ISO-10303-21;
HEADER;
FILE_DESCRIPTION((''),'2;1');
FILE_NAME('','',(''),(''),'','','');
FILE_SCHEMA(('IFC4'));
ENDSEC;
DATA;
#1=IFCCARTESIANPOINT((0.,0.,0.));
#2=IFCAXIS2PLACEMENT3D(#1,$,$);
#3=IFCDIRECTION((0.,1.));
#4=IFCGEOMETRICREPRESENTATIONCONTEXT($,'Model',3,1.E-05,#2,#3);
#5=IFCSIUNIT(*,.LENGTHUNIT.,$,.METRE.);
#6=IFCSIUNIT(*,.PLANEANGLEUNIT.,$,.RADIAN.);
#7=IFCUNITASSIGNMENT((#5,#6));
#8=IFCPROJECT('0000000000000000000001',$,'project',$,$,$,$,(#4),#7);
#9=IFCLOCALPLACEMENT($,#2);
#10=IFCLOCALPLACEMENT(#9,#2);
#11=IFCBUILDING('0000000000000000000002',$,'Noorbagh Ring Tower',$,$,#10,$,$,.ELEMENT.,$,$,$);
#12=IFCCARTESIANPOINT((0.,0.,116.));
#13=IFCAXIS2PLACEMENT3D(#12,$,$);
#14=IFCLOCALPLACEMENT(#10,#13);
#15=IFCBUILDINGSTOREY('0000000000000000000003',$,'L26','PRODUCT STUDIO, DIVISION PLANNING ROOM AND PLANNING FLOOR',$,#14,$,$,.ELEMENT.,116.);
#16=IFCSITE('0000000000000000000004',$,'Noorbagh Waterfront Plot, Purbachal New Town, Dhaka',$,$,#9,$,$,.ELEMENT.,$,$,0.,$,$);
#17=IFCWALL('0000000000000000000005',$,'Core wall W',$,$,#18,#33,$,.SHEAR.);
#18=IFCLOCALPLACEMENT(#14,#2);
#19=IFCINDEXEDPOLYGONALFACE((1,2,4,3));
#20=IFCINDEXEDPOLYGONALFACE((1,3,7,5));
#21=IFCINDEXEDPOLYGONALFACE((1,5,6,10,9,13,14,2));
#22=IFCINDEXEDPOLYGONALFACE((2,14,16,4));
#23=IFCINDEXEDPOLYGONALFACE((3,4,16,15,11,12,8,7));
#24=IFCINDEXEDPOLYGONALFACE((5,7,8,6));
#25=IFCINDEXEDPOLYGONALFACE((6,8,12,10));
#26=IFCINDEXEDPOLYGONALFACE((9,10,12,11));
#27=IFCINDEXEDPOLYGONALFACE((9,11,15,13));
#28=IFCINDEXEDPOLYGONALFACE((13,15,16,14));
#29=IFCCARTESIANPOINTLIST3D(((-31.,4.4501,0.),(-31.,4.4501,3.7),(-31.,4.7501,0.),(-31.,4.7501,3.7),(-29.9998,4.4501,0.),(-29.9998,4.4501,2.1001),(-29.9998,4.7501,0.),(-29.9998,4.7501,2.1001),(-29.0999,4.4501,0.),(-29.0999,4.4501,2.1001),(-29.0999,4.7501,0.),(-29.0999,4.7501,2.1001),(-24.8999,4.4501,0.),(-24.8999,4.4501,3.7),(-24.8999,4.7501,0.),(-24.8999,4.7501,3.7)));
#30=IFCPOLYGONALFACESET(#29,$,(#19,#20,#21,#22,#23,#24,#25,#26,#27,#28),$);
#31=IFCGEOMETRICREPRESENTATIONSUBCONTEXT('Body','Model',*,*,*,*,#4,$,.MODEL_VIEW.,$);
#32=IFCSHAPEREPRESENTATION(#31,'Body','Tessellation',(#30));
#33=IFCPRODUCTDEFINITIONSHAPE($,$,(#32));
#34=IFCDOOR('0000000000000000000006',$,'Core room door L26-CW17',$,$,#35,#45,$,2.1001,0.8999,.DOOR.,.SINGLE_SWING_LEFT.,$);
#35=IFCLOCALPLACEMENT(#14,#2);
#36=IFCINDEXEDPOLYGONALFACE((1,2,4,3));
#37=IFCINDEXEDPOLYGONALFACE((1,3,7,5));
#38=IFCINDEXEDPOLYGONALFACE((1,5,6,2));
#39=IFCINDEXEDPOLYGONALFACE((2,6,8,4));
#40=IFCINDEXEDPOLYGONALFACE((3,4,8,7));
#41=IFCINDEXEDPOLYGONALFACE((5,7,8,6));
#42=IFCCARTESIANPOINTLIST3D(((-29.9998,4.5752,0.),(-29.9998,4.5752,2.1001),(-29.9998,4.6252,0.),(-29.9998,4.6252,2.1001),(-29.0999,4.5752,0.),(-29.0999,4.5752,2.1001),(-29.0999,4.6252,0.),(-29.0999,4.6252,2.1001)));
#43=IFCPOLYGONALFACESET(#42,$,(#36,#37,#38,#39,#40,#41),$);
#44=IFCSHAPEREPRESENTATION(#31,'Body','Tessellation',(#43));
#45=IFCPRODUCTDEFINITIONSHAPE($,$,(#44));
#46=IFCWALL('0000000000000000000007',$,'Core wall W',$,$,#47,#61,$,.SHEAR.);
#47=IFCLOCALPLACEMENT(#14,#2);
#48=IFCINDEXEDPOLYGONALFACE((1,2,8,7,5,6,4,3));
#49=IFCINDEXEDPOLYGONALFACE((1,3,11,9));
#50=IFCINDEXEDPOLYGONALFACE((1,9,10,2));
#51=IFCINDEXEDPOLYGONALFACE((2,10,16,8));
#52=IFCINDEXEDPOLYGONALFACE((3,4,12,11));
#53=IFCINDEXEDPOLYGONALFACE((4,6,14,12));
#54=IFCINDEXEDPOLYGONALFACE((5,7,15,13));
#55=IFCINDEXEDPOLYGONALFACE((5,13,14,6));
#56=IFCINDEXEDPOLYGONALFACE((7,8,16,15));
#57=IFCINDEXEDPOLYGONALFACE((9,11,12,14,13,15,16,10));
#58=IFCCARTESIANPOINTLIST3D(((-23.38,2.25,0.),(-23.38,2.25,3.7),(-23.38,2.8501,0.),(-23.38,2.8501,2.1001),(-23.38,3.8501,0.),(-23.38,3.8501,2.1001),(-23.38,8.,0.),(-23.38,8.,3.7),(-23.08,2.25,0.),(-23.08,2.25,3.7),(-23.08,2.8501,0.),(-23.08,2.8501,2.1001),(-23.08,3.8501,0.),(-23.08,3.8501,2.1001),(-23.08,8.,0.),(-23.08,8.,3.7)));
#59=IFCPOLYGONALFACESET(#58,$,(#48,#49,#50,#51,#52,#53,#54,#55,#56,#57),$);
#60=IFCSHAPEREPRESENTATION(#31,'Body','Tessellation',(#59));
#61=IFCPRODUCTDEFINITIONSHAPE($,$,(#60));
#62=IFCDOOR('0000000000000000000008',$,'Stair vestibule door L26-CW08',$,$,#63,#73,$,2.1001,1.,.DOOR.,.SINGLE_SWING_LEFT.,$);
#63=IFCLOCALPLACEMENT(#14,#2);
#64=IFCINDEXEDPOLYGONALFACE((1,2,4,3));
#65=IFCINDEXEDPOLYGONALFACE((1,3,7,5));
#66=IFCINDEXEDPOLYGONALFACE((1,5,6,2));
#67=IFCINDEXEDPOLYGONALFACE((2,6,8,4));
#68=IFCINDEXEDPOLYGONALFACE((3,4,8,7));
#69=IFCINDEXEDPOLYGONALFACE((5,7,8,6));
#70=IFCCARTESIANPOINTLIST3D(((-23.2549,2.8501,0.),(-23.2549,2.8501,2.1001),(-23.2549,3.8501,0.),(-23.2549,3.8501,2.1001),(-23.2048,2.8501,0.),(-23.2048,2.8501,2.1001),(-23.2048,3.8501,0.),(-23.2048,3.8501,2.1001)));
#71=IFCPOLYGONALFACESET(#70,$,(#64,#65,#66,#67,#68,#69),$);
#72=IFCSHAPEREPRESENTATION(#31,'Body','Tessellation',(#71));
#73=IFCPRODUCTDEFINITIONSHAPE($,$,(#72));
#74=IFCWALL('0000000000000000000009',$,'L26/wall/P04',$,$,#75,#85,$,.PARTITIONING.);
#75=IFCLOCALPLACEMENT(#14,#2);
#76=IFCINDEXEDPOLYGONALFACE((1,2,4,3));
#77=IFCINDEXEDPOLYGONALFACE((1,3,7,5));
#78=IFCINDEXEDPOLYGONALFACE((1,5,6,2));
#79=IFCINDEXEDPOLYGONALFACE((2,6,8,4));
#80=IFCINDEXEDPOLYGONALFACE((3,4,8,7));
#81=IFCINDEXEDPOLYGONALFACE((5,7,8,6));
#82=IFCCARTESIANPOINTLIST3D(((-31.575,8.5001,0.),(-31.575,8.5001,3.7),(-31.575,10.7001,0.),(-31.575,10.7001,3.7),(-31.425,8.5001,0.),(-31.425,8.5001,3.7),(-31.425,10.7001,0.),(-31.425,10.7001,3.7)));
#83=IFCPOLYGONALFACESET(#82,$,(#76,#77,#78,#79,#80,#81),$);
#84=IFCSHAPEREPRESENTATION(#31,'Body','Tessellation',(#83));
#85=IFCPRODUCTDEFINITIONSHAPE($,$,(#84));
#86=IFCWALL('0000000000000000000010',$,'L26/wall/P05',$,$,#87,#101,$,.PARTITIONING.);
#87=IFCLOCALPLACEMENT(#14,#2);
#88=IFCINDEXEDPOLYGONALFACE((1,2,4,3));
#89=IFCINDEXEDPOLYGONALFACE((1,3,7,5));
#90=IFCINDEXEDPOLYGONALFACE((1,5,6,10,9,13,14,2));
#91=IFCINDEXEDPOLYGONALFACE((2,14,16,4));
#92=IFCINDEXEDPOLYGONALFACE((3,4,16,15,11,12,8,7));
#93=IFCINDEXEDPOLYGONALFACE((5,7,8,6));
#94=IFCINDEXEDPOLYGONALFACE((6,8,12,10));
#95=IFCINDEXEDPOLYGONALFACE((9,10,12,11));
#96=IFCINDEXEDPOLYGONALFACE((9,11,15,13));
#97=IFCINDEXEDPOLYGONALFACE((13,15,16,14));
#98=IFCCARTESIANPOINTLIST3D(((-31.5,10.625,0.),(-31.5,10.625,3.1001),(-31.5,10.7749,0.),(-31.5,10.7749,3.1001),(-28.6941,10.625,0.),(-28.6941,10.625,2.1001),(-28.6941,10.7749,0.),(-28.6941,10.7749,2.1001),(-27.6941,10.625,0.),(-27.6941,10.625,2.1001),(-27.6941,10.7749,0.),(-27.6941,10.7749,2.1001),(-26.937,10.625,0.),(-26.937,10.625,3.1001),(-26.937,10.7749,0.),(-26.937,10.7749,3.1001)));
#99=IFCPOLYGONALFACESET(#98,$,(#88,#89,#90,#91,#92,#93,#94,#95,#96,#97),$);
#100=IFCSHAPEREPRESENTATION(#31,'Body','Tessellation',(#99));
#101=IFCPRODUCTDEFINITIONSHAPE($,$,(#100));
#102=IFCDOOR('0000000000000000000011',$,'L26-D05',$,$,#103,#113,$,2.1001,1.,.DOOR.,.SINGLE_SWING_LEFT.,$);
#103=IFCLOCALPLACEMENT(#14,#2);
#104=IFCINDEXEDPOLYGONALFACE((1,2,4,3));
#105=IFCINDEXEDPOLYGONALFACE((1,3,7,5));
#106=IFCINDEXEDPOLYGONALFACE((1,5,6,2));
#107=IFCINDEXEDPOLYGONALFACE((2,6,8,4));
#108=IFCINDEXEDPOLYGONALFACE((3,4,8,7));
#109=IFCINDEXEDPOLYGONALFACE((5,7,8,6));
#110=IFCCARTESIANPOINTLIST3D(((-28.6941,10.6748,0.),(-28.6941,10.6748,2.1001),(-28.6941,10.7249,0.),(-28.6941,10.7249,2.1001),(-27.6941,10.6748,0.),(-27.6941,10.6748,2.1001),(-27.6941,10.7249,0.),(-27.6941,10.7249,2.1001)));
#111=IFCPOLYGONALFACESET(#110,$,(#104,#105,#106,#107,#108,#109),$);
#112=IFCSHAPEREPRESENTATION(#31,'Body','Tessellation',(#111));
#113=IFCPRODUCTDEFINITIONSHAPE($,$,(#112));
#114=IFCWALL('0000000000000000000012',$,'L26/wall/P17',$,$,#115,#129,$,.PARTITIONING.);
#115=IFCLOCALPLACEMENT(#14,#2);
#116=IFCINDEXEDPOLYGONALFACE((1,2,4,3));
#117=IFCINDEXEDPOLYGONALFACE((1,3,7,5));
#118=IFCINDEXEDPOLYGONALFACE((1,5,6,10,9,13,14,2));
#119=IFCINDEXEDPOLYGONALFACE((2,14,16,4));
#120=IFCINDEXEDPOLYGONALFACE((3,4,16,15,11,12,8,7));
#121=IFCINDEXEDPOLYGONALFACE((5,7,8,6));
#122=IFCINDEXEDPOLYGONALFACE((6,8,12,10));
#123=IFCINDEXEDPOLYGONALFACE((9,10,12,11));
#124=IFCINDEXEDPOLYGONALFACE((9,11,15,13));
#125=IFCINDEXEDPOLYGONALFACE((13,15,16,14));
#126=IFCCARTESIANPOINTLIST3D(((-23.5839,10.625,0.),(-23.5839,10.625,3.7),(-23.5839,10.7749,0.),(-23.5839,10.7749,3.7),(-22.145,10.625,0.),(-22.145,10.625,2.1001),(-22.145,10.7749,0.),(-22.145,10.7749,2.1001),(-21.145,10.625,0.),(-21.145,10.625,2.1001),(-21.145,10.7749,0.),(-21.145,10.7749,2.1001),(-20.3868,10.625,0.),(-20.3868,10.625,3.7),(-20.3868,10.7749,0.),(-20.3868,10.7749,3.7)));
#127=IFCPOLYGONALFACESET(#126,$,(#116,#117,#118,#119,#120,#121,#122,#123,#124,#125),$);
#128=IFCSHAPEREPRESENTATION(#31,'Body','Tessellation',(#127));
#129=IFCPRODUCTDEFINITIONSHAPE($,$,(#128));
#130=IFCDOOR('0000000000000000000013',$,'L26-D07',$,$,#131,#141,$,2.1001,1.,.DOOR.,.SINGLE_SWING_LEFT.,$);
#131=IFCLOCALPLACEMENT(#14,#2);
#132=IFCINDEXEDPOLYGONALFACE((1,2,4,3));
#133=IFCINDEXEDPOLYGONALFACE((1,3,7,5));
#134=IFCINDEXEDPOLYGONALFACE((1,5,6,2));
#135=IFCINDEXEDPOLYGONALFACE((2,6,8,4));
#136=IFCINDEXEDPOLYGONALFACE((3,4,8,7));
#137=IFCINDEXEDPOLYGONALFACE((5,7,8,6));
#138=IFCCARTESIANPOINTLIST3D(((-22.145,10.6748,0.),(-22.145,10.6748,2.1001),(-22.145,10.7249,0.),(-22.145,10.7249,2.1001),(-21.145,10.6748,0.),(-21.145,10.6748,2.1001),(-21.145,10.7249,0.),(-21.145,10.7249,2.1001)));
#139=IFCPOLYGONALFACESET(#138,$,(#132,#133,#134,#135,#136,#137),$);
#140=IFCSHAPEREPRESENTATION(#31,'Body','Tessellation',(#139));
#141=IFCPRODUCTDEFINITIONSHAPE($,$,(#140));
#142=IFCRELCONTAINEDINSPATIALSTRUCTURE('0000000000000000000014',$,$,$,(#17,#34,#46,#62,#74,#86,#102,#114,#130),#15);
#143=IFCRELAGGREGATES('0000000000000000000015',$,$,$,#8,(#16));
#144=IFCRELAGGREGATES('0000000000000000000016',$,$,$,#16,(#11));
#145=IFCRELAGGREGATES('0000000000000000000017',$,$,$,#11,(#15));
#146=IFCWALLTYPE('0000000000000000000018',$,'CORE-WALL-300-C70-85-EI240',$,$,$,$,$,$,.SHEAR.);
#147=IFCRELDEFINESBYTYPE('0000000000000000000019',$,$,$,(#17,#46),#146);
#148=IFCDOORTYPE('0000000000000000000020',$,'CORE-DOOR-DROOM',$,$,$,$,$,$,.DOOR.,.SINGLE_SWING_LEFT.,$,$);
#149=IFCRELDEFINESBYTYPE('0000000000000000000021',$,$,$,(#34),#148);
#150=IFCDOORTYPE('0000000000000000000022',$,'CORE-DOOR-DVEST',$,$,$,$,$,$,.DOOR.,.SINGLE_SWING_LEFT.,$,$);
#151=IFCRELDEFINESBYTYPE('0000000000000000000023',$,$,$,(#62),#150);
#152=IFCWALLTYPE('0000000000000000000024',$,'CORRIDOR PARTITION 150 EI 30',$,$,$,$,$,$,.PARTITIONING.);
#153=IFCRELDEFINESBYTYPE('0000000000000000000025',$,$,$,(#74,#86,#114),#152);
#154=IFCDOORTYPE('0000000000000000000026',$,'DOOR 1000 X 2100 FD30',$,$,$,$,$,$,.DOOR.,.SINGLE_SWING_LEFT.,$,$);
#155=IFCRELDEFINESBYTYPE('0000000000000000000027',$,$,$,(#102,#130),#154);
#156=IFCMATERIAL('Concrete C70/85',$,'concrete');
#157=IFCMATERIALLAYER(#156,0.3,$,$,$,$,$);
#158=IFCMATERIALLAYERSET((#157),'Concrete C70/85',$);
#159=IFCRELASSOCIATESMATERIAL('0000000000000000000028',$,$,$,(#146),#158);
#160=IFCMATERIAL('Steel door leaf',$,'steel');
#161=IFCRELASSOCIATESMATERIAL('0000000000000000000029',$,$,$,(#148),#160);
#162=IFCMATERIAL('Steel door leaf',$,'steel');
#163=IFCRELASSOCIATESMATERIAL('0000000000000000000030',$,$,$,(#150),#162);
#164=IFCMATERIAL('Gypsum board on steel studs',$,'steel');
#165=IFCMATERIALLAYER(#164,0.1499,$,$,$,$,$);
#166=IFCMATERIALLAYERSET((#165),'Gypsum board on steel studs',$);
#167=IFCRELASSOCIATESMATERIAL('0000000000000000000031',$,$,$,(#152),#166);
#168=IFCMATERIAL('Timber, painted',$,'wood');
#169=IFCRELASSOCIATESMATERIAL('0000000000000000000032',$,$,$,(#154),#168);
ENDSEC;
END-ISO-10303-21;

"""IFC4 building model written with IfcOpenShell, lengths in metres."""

from ifc_helpers import new_model, si_unit, direction, frame, frame_2d, origin, place, context, subcontext, project, spatial, rectangle, extrude, material, layer, layer_set, type_object, element, fill, save


model = new_model("IFC4")

# Units and contexts
model_context = context("Model", 3, precision=1e-05, world=origin(), true_north=direction((0.0, 1.0)))
body_context = subcontext(model_context, "Body", "Model", "MODEL_VIEW")
ifc_project = project(units=[si_unit("LENGTHUNIT", "METRE"), si_unit("PLANEANGLEUNIT", "RADIAN")], contexts=[model_context])

# Site, building, storey
site_placement = place(None, origin())
site = spatial("IfcSite", under=ifc_project, at=site_placement, Name="Noorbagh Waterfront Plot, Purbachal New Town, Dhaka", CompositionType="ELEMENT", RefElevation=0.0)
building_placement = place(site_placement, origin())
building = spatial("IfcBuilding", under=site, at=building_placement, Name="Noorbagh Ring Tower", CompositionType="ELEMENT")
storey_placement = place(building_placement, frame((0.0, 0.0, 116.0)))
storey = spatial("IfcBuildingStorey", under=building, at=storey_placement, Name="L26", Description="PRODUCT STUDIO, DIVISION PLANNING ROOM AND PLANNING FLOOR", CompositionType="ELEMENT", Elevation=116.0)

# Walls, openings, doors
ifc_material_1 = material(Name="Concrete C70/85", Category="concrete")
ifc_layer_1 = layer(ifc_material_1, 0.3)
ifc_layer_set_1 = layer_set([ifc_layer_1], Name="Concrete C70/85")
wall_type_1 = type_object("IfcWallType", Name="CORE-WALL-300-C70-85-EI240", PredefinedType="SHEAR", material=ifc_layer_set_1)
wall_1_placement = place(storey_placement, frame((-24.8999, 4.6001, 0.0), z_axis=(0.0, 0.0, 1.0), x_axis=(-1.0, 0.0, 0.0)))
wall_1 = element("IfcWall", 1, at=wall_1_placement, inside=storey, type_object=wall_type_1, Name="Core wall W", PredefinedType="SHEAR", context=body_context, shape_type="SweptSolid", body=[
    extrude(rectangle(XDim=6.1001, YDim=0.3, at=frame_2d((3.05, 0.0))), origin(), (0.0, 0.0, 1.0), 3.7),
])
opening_1_placement = place(wall_1_placement, frame((4.2, 0.0, 0.0)))
opening_1 = element("IfcOpeningElement", 2, at=opening_1_placement, cuts=wall_1, PredefinedType="OPENING", context=body_context, shape_type="SweptSolid", body=[
    extrude(rectangle(XDim=0.8999, YDim=2.1001, at=frame_2d((0.45, 1.05))), frame((0.0, 0.1602, 0.0), z_axis=(0.0, -1.0, 0.0), x_axis=(1.0, 0.0, 0.0)), (0.0, 0.0, 1.0), 0.3201),
])
ifc_material_2 = material(Name="Steel door leaf", Category="steel")
door_type_1 = type_object("IfcDoorType", Name="CORE-DOOR-DROOM", OperationType="SINGLE_SWING_LEFT", PredefinedType="DOOR", material=ifc_material_2)
door_1_placement = place(opening_1_placement, origin())
door_1 = element("IfcDoor", 3, at=door_1_placement, inside=storey, type_object=door_type_1, Name="Core room door L26-CW17", OperationType="SINGLE_SWING_LEFT", OverallHeight=2.1001, OverallWidth=0.8999, PredefinedType="DOOR", context=body_context, shape_type="SweptSolid", body=[
    extrude(rectangle(XDim=0.8999, YDim=2.1001, at=frame_2d((0.45, 1.05))), frame((0.0, 0.0249, 0.0), z_axis=(0.0, -1.0, 0.0), x_axis=(1.0, 0.0, 0.0)), (0.0, 0.0, 1.0), 0.05),
])
fill(opening_1, door_1)
wall_2_placement = place(storey_placement, frame((-23.23, 2.25, 0.0), z_axis=(0.0, 0.0, 1.0), x_axis=(0.0, 1.0, 0.0)))
wall_2 = element("IfcWall", 4, at=wall_2_placement, inside=storey, type_object=wall_type_1, Name="Core wall W", PredefinedType="SHEAR", context=body_context, shape_type="SweptSolid", body=[
    extrude(rectangle(XDim=5.75, YDim=0.3, at=frame_2d((2.875, 0.0))), origin(), (0.0, 0.0, 1.0), 3.7),
])
opening_2_placement = place(wall_2_placement, frame((0.6001, 0.0, 0.0)))
opening_2 = element("IfcOpeningElement", 5, at=opening_2_placement, cuts=wall_2, PredefinedType="OPENING", context=body_context, shape_type="SweptSolid", body=[
    extrude(rectangle(XDim=1.0, YDim=2.1001, at=frame_2d((0.5, 1.05))), frame((0.0, 0.1602, 0.0), z_axis=(0.0, -1.0, 0.0), x_axis=(1.0, 0.0, 0.0)), (0.0, 0.0, 1.0), 0.3201),
])
ifc_material_3 = material(Name="Steel door leaf", Category="steel")
door_type_2 = type_object("IfcDoorType", Name="CORE-DOOR-DVEST", OperationType="SINGLE_SWING_LEFT", PredefinedType="DOOR", material=ifc_material_3)
door_2_placement = place(opening_2_placement, origin())
door_2 = element("IfcDoor", 6, at=door_2_placement, inside=storey, type_object=door_type_2, Name="Stair vestibule door L26-CW08", OperationType="SINGLE_SWING_LEFT", OverallHeight=2.1001, OverallWidth=1.0, PredefinedType="DOOR", context=body_context, shape_type="SweptSolid", body=[
    extrude(rectangle(XDim=1.0, YDim=2.1001, at=frame_2d((0.5, 1.05))), frame((0.0, 0.0249, 0.0), z_axis=(0.0, -1.0, 0.0), x_axis=(1.0, 0.0, 0.0)), (0.0, 0.0, 1.0), 0.05),
])
fill(opening_2, door_2)

# Wall
ifc_material_4 = material(Name="Gypsum board on steel studs", Category="steel")
ifc_layer_2 = layer(ifc_material_4, 0.1499)
ifc_layer_set_2 = layer_set([ifc_layer_2], Name="Gypsum board on steel studs")
wall_type_2 = type_object("IfcWallType", Name="CORRIDOR PARTITION 150 EI 30", PredefinedType="PARTITIONING", material=ifc_layer_set_2)
wall_3_placement = place(storey_placement, frame((-31.5, 8.5, 0.0), z_axis=(0.0, 0.0, 1.0), x_axis=(0.0, 1.0, 0.0)))
element("IfcWall", 7, at=wall_3_placement, inside=storey, type_object=wall_type_2, Name="L26/wall/P04", PredefinedType="PARTITIONING", context=body_context, shape_type="SweptSolid", body=[
    extrude(rectangle(XDim=2.2, YDim=0.1499, at=frame_2d((1.1001, 0.0))), origin(), (0.0, 0.0, 1.0), 3.7),
])

# Walls, openings, doors
wall_4_placement = place(storey_placement, frame((-31.5, 10.7, 0.0), z_axis=(0.0, 0.0, 1.0), x_axis=(1.0, 0.0, 0.0)))
wall_4 = element("IfcWall", 8, at=wall_4_placement, inside=storey, type_object=wall_type_2, Name="L26/wall/P05", PredefinedType="PARTITIONING", context=body_context, shape_type="SweptSolid", body=[
    extrude(rectangle(XDim=4.563, YDim=0.1499, at=frame_2d((2.2815, 0.0))), origin(), (0.0, 0.0, 1.0), 3.1001),
])
opening_3_placement = place(wall_4_placement, frame((2.8059, 0.0, 0.0)))
opening_3 = element("IfcOpeningElement", 9, at=opening_3_placement, cuts=wall_4, PredefinedType="OPENING", context=body_context, shape_type="SweptSolid", body=[
    extrude(rectangle(XDim=1.0, YDim=2.1001, at=frame_2d((0.5, 1.05))), frame((0.0, 0.085, 0.0), z_axis=(0.0, -1.0, 0.0), x_axis=(1.0, 0.0, 0.0)), (0.0, 0.0, 1.0), 0.1699),
])
ifc_material_5 = material(Name="Timber, painted", Category="wood")
door_type_3 = type_object("IfcDoorType", Name="DOOR 1000 X 2100 FD30", OperationType="SINGLE_SWING_LEFT", PredefinedType="DOOR", material=ifc_material_5)
door_3_placement = place(opening_3_placement, origin())
door_3 = element("IfcDoor", 10, at=door_3_placement, inside=storey, type_object=door_type_3, Name="L26-D05", OperationType="SINGLE_SWING_LEFT", OverallHeight=2.1001, OverallWidth=1.0, PredefinedType="DOOR", context=body_context, shape_type="SweptSolid", body=[
    extrude(rectangle(XDim=1.0, YDim=2.1001, at=frame_2d((0.5, 1.05))), frame((0.0, 0.0249, 0.0), z_axis=(0.0, -1.0, 0.0), x_axis=(1.0, 0.0, 0.0)), (0.0, 0.0, 1.0), 0.05),
])
fill(opening_3, door_3)
wall_5_placement = place(storey_placement, frame((-23.584, 10.7, 0.0), z_axis=(0.0, 0.0, 1.0), x_axis=(1.0, 0.0, 0.0)))
wall_5 = element("IfcWall", 11, at=wall_5_placement, inside=storey, type_object=wall_type_2, Name="L26/wall/P17", PredefinedType="PARTITIONING", context=body_context, shape_type="SweptSolid", body=[
    extrude(rectangle(XDim=3.197, YDim=0.1499, at=frame_2d((1.5986, 0.0))), origin(), (0.0, 0.0, 1.0), 3.7),
])
opening_4_placement = place(wall_5_placement, frame((1.439, 0.0, 0.0)))
opening_4 = element("IfcOpeningElement", 12, at=opening_4_placement, cuts=wall_5, PredefinedType="OPENING", context=body_context, shape_type="SweptSolid", body=[
    extrude(rectangle(XDim=1.0, YDim=2.1001, at=frame_2d((0.5, 1.05))), frame((0.0, 0.085, 0.0), z_axis=(0.0, -1.0, 0.0), x_axis=(1.0, 0.0, 0.0)), (0.0, 0.0, 1.0), 0.1699),
])
door_4_placement = place(opening_4_placement, origin())
door_4 = element("IfcDoor", 13, at=door_4_placement, inside=storey, type_object=door_type_3, Name="L26-D07", OperationType="SINGLE_SWING_LEFT", OverallHeight=2.1001, OverallWidth=1.0, PredefinedType="DOOR", context=body_context, shape_type="SweptSolid", body=[
    extrude(rectangle(XDim=1.0, YDim=2.1001, at=frame_2d((0.5, 1.05))), frame((0.0, 0.0249, 0.0), z_axis=(0.0, -1.0, 0.0), x_axis=(1.0, 0.0, 0.0)), (0.0, 0.0, 1.0), 0.05),
])
fill(opening_4, door_4)

save(model, "model.ifc")
